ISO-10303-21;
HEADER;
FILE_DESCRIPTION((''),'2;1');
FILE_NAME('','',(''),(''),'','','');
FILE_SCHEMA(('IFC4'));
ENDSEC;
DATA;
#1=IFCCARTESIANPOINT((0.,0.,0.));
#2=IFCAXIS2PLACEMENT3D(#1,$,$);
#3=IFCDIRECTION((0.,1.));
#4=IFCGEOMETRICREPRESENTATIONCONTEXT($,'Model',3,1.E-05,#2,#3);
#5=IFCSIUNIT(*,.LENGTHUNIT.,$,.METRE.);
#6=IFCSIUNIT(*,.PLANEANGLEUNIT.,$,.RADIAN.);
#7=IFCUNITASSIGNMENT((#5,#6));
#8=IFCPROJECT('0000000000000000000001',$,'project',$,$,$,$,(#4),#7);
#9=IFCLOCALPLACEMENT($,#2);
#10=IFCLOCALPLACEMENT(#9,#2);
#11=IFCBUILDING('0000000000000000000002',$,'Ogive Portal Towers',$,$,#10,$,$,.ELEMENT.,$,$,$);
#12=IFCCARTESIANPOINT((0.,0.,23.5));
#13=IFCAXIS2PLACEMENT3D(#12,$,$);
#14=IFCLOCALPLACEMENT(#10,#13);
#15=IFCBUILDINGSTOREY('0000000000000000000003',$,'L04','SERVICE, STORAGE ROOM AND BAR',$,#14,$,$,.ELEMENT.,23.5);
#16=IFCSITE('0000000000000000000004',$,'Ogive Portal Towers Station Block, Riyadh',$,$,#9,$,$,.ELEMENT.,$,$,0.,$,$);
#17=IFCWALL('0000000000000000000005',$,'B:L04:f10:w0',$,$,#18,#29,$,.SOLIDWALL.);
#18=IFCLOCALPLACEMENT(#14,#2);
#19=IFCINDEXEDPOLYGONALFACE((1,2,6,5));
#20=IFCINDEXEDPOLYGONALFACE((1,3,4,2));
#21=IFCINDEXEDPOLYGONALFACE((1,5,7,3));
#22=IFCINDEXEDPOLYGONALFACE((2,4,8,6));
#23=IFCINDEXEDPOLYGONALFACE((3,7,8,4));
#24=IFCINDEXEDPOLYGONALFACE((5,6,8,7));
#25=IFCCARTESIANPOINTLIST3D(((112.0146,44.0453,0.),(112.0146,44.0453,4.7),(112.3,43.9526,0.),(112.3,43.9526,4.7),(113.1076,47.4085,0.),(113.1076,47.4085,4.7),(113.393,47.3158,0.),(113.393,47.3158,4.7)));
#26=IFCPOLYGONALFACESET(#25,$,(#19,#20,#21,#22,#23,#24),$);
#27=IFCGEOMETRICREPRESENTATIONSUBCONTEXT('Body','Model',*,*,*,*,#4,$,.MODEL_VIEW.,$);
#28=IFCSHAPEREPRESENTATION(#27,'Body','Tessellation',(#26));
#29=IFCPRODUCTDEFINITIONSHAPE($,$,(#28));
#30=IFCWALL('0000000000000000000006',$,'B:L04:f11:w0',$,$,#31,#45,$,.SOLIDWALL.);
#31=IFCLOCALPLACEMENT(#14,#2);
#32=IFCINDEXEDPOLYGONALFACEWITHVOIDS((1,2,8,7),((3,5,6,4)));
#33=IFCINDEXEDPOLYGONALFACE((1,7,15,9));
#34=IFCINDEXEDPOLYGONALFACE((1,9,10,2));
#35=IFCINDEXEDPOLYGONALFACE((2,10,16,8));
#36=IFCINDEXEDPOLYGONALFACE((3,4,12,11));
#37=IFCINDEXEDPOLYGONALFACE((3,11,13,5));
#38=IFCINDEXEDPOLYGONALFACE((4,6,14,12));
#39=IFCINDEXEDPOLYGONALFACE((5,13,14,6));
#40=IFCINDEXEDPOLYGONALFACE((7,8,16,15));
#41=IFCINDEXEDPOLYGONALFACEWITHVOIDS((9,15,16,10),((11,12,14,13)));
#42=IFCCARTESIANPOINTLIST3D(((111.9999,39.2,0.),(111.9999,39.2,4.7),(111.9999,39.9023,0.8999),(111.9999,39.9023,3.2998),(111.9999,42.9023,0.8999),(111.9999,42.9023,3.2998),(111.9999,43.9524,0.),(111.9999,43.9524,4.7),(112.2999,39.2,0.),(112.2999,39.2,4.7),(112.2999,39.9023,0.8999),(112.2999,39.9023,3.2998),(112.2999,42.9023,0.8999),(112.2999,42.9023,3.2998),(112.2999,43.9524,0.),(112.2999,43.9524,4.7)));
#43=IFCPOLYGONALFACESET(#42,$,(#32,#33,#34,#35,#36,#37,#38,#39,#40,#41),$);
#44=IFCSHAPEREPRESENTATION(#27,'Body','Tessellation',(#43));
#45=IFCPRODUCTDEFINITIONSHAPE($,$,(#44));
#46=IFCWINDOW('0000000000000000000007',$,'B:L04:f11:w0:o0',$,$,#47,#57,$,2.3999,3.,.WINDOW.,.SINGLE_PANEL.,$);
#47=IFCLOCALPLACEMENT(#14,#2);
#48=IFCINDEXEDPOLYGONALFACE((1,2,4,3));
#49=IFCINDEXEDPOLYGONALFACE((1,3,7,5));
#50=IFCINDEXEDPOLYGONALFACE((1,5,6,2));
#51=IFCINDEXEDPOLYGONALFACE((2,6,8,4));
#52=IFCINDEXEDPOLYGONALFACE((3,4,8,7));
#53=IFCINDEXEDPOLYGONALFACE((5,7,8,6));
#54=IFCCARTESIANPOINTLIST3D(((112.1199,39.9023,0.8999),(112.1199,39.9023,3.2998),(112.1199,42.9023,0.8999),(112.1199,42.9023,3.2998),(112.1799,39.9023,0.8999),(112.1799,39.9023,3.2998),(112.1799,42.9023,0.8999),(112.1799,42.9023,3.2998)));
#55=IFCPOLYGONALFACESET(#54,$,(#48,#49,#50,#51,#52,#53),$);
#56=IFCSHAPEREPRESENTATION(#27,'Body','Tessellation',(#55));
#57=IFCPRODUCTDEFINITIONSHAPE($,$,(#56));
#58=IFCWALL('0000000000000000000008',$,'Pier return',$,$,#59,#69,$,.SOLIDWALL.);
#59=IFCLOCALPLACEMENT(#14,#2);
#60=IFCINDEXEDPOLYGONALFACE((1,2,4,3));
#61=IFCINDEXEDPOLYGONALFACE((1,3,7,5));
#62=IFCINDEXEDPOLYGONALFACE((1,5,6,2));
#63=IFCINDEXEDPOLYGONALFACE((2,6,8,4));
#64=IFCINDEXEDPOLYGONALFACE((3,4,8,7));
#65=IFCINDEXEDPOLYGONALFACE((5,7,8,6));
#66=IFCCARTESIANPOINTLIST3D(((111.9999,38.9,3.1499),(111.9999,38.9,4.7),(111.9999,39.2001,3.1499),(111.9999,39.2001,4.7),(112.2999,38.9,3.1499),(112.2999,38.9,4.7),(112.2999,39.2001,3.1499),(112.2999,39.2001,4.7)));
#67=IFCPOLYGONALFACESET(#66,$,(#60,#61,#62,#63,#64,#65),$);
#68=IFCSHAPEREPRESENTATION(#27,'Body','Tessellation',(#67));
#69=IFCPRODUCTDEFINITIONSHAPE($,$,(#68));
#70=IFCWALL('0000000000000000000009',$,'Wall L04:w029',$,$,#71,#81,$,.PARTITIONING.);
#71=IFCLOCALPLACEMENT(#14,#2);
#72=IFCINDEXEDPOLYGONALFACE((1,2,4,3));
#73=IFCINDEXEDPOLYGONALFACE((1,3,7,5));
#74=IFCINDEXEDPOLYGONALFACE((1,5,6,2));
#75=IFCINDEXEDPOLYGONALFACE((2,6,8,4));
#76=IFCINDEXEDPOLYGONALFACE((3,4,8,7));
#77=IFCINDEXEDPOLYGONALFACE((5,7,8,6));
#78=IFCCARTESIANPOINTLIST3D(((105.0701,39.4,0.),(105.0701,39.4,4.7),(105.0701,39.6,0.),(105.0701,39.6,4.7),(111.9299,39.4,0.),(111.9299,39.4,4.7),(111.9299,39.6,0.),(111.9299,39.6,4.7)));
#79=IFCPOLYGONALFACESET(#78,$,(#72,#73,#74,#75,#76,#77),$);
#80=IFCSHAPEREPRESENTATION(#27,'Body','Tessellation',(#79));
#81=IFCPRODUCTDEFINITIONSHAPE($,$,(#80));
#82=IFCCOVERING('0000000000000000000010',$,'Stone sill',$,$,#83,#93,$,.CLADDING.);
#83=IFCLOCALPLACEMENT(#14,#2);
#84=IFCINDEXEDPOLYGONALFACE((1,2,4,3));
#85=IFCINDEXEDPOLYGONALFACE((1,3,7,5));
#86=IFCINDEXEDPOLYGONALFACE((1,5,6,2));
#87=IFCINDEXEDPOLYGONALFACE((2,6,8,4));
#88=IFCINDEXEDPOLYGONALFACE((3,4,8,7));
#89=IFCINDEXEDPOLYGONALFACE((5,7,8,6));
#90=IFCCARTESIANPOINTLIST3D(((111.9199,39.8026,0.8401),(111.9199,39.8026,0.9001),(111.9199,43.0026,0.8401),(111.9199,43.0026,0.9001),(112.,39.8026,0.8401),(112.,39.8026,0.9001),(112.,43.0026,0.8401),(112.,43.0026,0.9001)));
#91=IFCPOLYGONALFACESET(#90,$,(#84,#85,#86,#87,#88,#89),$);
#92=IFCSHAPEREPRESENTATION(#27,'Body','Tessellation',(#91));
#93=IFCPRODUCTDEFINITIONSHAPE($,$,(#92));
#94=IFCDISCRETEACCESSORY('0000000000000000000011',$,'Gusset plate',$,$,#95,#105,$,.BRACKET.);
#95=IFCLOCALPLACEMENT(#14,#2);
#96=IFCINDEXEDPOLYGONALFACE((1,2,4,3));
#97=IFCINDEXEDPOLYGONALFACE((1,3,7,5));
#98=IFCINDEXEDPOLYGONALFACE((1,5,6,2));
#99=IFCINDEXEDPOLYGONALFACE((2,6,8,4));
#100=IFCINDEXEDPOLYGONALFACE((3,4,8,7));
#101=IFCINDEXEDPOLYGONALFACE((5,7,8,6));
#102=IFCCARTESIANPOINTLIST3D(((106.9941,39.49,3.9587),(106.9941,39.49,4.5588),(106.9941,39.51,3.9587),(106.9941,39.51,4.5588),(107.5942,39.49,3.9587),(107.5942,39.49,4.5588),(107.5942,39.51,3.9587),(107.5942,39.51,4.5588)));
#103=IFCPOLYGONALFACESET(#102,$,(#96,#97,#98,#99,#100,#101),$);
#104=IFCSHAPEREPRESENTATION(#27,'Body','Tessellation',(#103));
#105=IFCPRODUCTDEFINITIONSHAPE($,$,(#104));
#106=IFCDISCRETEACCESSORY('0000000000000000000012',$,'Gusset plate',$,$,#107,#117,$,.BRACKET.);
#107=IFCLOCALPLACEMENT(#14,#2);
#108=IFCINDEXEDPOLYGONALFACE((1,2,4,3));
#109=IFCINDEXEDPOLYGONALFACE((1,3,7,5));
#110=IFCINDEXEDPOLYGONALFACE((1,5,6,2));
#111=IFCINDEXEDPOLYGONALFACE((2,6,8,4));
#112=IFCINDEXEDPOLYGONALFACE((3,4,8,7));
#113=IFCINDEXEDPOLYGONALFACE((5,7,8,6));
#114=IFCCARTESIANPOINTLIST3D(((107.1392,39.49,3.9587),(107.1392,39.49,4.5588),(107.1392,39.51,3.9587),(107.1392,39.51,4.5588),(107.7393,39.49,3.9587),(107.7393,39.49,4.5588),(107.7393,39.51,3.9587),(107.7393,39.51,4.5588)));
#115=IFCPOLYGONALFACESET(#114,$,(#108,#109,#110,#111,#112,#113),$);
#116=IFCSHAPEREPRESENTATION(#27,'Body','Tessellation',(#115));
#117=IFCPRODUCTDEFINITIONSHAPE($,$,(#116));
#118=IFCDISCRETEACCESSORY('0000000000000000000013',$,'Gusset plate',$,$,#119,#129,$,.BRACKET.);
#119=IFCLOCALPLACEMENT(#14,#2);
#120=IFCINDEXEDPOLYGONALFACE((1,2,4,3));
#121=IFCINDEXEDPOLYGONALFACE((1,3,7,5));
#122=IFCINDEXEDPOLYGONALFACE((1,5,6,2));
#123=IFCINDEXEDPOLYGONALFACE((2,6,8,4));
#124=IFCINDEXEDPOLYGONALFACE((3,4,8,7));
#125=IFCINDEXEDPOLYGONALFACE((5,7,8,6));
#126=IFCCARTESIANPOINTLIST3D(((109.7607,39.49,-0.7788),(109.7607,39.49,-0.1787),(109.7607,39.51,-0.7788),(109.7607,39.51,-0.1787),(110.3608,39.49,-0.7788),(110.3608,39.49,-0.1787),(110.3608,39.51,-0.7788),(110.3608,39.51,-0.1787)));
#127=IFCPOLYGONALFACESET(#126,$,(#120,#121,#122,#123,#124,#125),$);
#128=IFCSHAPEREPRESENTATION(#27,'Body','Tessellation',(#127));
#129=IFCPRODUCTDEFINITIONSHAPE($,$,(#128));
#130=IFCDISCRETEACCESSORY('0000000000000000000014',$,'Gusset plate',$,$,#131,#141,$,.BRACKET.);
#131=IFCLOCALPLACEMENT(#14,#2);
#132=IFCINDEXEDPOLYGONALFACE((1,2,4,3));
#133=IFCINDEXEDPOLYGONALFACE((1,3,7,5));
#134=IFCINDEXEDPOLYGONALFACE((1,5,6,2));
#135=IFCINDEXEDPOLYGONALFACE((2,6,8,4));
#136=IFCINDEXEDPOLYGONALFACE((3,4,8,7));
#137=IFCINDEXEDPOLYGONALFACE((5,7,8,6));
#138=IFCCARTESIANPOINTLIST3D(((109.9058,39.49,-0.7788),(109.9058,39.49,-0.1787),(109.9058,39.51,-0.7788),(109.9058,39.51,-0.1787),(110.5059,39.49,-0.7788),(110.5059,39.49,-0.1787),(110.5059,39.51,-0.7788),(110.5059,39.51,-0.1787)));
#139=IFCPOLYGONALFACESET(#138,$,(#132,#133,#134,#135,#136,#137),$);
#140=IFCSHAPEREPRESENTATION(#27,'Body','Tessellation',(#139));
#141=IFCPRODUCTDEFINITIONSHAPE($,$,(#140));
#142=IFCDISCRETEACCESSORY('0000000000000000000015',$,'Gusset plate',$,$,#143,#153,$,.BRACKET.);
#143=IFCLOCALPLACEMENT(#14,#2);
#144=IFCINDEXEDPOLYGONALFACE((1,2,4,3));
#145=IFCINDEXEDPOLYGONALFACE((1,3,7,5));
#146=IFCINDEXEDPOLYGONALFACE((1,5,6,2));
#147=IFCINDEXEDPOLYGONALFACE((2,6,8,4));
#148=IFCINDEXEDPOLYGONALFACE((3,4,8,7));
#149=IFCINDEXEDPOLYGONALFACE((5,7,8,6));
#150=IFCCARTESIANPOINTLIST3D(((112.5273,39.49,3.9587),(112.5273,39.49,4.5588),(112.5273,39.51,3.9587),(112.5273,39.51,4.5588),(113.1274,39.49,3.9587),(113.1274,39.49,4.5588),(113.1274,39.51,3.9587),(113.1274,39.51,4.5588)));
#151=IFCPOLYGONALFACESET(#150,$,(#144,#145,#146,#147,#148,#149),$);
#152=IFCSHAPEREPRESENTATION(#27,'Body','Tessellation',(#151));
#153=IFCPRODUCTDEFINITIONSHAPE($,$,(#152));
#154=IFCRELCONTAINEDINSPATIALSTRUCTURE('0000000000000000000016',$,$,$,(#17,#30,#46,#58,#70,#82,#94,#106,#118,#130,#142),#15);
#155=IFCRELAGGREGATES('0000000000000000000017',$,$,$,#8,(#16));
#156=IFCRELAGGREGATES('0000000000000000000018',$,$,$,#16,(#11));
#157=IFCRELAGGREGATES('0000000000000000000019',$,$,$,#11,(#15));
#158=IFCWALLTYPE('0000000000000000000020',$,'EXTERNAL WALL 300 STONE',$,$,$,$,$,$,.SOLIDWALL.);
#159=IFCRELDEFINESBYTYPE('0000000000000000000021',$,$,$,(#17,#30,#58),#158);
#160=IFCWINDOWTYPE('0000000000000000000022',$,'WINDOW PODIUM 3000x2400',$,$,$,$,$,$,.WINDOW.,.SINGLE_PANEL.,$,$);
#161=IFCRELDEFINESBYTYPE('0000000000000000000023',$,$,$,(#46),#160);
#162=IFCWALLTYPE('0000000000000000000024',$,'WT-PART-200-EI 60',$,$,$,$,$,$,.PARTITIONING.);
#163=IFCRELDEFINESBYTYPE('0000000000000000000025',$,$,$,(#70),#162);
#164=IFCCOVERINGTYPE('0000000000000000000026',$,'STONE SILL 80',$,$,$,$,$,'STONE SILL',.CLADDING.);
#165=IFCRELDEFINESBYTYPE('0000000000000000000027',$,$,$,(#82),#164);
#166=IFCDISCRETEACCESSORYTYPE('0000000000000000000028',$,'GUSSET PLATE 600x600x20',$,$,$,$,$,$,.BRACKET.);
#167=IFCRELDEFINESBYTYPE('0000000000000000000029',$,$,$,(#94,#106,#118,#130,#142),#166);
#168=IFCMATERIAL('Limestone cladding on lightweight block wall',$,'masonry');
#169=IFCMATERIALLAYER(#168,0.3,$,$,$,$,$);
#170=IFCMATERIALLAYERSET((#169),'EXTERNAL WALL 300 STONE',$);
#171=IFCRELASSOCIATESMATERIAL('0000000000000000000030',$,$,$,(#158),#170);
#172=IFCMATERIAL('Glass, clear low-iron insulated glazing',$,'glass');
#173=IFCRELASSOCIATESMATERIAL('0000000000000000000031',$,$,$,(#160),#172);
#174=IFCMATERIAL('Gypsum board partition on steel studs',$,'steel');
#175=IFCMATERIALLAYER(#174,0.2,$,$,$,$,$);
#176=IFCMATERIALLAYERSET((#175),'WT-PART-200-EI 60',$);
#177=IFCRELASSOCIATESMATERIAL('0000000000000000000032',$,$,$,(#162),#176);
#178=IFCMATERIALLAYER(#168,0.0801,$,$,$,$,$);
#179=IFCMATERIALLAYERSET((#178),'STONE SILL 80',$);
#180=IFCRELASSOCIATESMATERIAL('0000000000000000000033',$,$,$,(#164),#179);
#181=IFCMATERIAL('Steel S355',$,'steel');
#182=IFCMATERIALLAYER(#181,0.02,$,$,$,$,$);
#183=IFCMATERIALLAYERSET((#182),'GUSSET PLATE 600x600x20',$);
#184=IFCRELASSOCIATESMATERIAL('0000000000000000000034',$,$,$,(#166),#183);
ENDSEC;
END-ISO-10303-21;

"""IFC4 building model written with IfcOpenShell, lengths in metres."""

from ifc_helpers import new_model, si_unit, direction, frame, frame_2d, origin, origin_2d, place, context, subcontext, project, spatial, rectangle, extrude, material, layer, layer_set, type_object, element, fill, save


model = new_model("IFC4")

# Units and contexts
model_context = context("Model", 3, precision=1e-05, world=origin(), true_north=direction((0.0, 1.0)))
body_context = subcontext(model_context, "Body", "Model", "MODEL_VIEW")
ifc_project = project(units=[si_unit("LENGTHUNIT", "METRE"), si_unit("PLANEANGLEUNIT", "RADIAN")], contexts=[model_context])

# Site, building, storey
site_placement = place(None, origin())
site = spatial("IfcSite", under=ifc_project, at=site_placement, Name="Ogive Portal Towers Station Block, Riyadh", CompositionType="ELEMENT", RefElevation=0.0)
building_placement = place(site_placement, origin())
building = spatial("IfcBuilding", under=site, at=building_placement, Name="Ogive Portal Towers", CompositionType="ELEMENT")
storey_placement = place(building_placement, frame((0.0, 0.0, 23.5)))
storey = spatial("IfcBuildingStorey", under=building, at=storey_placement, Name="L04", Description="SERVICE, STORAGE ROOM AND BAR", CompositionType="ELEMENT", Elevation=23.5)

# Shared definitions
ifc_material_1 = material(Name="Steel S355", Category="steel")

# Wall
ifc_material_2 = material(Name="Limestone cladding on lightweight block wall", Category="masonry")
ifc_layer_1 = layer(ifc_material_2, 0.3)
ifc_layer_set_1 = layer_set([ifc_layer_1], Name="EXTERNAL WALL 300 STONE")
wall_type_1 = type_object("IfcWallType", Name="EXTERNAL WALL 300 STONE", PredefinedType="SOLIDWALL", material=ifc_layer_set_1)
wall_1_placement = place(storey_placement, frame((113.2502, 47.3621, 0.0), z_axis=(0.0, 0.0, 1.0), x_axis=(-0.309074, -0.951038, 0.0)))
element("IfcWall", 1, at=wall_1_placement, inside=storey, type_object=wall_type_1, Name="B:L04:f10:w0", PredefinedType="SOLIDWALL", context=body_context, shape_type="SweptSolid", body=[
    extrude(rectangle(XDim=3.5364, YDim=0.3, at=frame_2d((1.7681, 0.0))), origin(), (0.0, 0.0, 1.0), 4.7),
])

# Wall, opening, window
wall_2_placement = place(storey_placement, frame((112.1499, 43.9524, 0.0), z_axis=(0.0, 0.0, 1.0), x_axis=(0.0, -1.0, 0.0)))
wall_2 = element("IfcWall", 2, at=wall_2_placement, inside=storey, type_object=wall_type_1, Name="B:L04:f11:w0", PredefinedType="SOLIDWALL", context=body_context, shape_type="SweptSolid", body=[
    extrude(rectangle(XDim=4.7524, YDim=0.3, at=frame_2d((2.3762, 0.0))), origin(), (0.0, 0.0, 1.0), 4.7),
])
opening_placement = place(wall_2_placement, frame((1.05, 0.0, 0.8999)))
opening = element("IfcOpeningElement", 3, at=opening_placement, cuts=wall_2, PredefinedType="OPENING", context=body_context, shape_type="SweptSolid", body=[
    extrude(rectangle(XDim=3.0, YDim=2.3999, at=frame_2d((1.5, 1.2))), frame((0.0, 0.1602, 0.0), z_axis=(0.0, -1.0, 0.0), x_axis=(1.0, 0.0, 0.0)), (0.0, 0.0, 1.0), 0.3201),
])
ifc_material_3 = material(Name="Glass, clear low-iron insulated glazing", Category="glass")
window_type = type_object("IfcWindowType", Name="WINDOW PODIUM 3000x2400", PartitioningType="SINGLE_PANEL", PredefinedType="WINDOW", material=ifc_material_3)
window_placement = place(opening_placement, origin())
window = element("IfcWindow", 4, at=window_placement, inside=storey, type_object=window_type, Name="B:L04:f11:w0:o0", OverallHeight=2.3999, OverallWidth=3.0, PartitioningType="SINGLE_PANEL", PredefinedType="WINDOW", context=body_context, shape_type="SweptSolid", body=[
    extrude(rectangle(XDim=3.0, YDim=2.3999, at=frame_2d((1.5, 1.2))), frame((0.0, 0.03, 0.0), z_axis=(0.0, -1.0, 0.0), x_axis=(1.0, 0.0, 0.0)), (0.0, 0.0, 1.0), 0.0601),
])
fill(opening, window)

# Walls
wall_3_placement = place(storey_placement, frame((112.1499, 39.2, 3.1499), z_axis=(0.0, 0.0, 1.0), x_axis=(0.0, -1.0, 0.0)))
element("IfcWall", 5, at=wall_3_placement, inside=storey, type_object=wall_type_1, Name="Pier return", PredefinedType="SOLIDWALL", context=body_context, shape_type="SweptSolid", body=[
    extrude(rectangle(XDim=0.3, YDim=0.3, at=frame_2d((0.1499, 0.0))), origin(), (0.0, 0.0, 1.0), 1.55),
])
ifc_material_4 = material(Name="Gypsum board partition on steel studs", Category="steel")
ifc_layer_2 = layer(ifc_material_4, 0.2)
ifc_layer_set_2 = layer_set([ifc_layer_2], Name="WT-PART-200-EI 60")
wall_type_2 = type_object("IfcWallType", Name="WT-PART-200-EI 60", PredefinedType="PARTITIONING", material=ifc_layer_set_2)
wall_4_placement = place(storey_placement, frame((105.0701, 39.5, 0.0), z_axis=(0.0, 0.0, 1.0), x_axis=(1.0, 0.0, 0.0)))
element("IfcWall", 6, at=wall_4_placement, inside=storey, type_object=wall_type_2, Name="Wall L04:w029", PredefinedType="PARTITIONING", context=body_context, shape_type="SweptSolid", body=[
    extrude(rectangle(XDim=6.8599, YDim=0.2, at=frame_2d((3.4299, 0.0))), origin(), (0.0, 0.0, 1.0), 4.7),
])

# Covering
ifc_layer_3 = layer(ifc_material_2, 0.0801)
ifc_layer_set_3 = layer_set([ifc_layer_3], Name="STONE SILL 80")
covering_type = type_object("IfcCoveringType", Name="STONE SILL 80", ElementType="STONE SILL", PredefinedType="CLADDING", material=ifc_layer_set_3)
covering_placement = place(storey_placement, frame((111.96, 41.4026, 0.8401), z_axis=(0.0, 0.0, 1.0), x_axis=(0.0, -1.0, 0.0)))
element("IfcCovering", 7, at=covering_placement, inside=storey, type_object=covering_type, Name="Stone sill", PredefinedType="CLADDING", context=body_context, shape_type="SweptSolid", body=[
    extrude(rectangle(XDim=3.2, YDim=0.0801, at=origin_2d()), origin(), (0.0, 0.0, 1.0), 0.0601),
])

# Discrete accessories
ifc_layer_4 = layer(ifc_material_1, 0.02)
ifc_layer_set_4 = layer_set([ifc_layer_4], Name="GUSSET PLATE 600x600x20")
discrete_accessory_type = type_object("IfcDiscreteAccessoryType", Name="GUSSET PLATE 600x600x20", PredefinedType="BRACKET", material=ifc_layer_set_4)
for number, where, z_axis, x_axis, name in (
    (8, (107.2942, 39.5, 3.9587), (0.0, 0.0, 1.0), (1.0, 0.0, 0.0), "Gusset plate"),
    (9, (107.4392, 39.5, 3.9587), (0.0, 0.0, 1.0), (1.0, 0.0, 0.0), "Gusset plate"),
    (10, (110.0608, 39.5, -0.7788), (0.0, 0.0, 1.0), (1.0, 0.0, 0.0), "Gusset plate"),
    (11, (110.2058, 39.5, -0.7788), (0.0, 0.0, 1.0), (1.0, 0.0, 0.0), "Gusset plate"),
    (12, (112.8274, 39.5, 3.9587), (0.0, 0.0, 1.0), (1.0, 0.0, 0.0), "Gusset plate"),
):
    element("IfcDiscreteAccessory", number, at=place(storey_placement, frame(where, z_axis=z_axis, x_axis=x_axis)), inside=storey, type_object=discrete_accessory_type, Name=name, PredefinedType="BRACKET", context=body_context, shape_type="SweptSolid", body=[
        extrude(rectangle(XDim=0.6001, YDim=0.02, at=origin_2d()), origin(), (0.0, 0.0, 1.0), 0.6001),
    ])

save(model, "model.ifc")
